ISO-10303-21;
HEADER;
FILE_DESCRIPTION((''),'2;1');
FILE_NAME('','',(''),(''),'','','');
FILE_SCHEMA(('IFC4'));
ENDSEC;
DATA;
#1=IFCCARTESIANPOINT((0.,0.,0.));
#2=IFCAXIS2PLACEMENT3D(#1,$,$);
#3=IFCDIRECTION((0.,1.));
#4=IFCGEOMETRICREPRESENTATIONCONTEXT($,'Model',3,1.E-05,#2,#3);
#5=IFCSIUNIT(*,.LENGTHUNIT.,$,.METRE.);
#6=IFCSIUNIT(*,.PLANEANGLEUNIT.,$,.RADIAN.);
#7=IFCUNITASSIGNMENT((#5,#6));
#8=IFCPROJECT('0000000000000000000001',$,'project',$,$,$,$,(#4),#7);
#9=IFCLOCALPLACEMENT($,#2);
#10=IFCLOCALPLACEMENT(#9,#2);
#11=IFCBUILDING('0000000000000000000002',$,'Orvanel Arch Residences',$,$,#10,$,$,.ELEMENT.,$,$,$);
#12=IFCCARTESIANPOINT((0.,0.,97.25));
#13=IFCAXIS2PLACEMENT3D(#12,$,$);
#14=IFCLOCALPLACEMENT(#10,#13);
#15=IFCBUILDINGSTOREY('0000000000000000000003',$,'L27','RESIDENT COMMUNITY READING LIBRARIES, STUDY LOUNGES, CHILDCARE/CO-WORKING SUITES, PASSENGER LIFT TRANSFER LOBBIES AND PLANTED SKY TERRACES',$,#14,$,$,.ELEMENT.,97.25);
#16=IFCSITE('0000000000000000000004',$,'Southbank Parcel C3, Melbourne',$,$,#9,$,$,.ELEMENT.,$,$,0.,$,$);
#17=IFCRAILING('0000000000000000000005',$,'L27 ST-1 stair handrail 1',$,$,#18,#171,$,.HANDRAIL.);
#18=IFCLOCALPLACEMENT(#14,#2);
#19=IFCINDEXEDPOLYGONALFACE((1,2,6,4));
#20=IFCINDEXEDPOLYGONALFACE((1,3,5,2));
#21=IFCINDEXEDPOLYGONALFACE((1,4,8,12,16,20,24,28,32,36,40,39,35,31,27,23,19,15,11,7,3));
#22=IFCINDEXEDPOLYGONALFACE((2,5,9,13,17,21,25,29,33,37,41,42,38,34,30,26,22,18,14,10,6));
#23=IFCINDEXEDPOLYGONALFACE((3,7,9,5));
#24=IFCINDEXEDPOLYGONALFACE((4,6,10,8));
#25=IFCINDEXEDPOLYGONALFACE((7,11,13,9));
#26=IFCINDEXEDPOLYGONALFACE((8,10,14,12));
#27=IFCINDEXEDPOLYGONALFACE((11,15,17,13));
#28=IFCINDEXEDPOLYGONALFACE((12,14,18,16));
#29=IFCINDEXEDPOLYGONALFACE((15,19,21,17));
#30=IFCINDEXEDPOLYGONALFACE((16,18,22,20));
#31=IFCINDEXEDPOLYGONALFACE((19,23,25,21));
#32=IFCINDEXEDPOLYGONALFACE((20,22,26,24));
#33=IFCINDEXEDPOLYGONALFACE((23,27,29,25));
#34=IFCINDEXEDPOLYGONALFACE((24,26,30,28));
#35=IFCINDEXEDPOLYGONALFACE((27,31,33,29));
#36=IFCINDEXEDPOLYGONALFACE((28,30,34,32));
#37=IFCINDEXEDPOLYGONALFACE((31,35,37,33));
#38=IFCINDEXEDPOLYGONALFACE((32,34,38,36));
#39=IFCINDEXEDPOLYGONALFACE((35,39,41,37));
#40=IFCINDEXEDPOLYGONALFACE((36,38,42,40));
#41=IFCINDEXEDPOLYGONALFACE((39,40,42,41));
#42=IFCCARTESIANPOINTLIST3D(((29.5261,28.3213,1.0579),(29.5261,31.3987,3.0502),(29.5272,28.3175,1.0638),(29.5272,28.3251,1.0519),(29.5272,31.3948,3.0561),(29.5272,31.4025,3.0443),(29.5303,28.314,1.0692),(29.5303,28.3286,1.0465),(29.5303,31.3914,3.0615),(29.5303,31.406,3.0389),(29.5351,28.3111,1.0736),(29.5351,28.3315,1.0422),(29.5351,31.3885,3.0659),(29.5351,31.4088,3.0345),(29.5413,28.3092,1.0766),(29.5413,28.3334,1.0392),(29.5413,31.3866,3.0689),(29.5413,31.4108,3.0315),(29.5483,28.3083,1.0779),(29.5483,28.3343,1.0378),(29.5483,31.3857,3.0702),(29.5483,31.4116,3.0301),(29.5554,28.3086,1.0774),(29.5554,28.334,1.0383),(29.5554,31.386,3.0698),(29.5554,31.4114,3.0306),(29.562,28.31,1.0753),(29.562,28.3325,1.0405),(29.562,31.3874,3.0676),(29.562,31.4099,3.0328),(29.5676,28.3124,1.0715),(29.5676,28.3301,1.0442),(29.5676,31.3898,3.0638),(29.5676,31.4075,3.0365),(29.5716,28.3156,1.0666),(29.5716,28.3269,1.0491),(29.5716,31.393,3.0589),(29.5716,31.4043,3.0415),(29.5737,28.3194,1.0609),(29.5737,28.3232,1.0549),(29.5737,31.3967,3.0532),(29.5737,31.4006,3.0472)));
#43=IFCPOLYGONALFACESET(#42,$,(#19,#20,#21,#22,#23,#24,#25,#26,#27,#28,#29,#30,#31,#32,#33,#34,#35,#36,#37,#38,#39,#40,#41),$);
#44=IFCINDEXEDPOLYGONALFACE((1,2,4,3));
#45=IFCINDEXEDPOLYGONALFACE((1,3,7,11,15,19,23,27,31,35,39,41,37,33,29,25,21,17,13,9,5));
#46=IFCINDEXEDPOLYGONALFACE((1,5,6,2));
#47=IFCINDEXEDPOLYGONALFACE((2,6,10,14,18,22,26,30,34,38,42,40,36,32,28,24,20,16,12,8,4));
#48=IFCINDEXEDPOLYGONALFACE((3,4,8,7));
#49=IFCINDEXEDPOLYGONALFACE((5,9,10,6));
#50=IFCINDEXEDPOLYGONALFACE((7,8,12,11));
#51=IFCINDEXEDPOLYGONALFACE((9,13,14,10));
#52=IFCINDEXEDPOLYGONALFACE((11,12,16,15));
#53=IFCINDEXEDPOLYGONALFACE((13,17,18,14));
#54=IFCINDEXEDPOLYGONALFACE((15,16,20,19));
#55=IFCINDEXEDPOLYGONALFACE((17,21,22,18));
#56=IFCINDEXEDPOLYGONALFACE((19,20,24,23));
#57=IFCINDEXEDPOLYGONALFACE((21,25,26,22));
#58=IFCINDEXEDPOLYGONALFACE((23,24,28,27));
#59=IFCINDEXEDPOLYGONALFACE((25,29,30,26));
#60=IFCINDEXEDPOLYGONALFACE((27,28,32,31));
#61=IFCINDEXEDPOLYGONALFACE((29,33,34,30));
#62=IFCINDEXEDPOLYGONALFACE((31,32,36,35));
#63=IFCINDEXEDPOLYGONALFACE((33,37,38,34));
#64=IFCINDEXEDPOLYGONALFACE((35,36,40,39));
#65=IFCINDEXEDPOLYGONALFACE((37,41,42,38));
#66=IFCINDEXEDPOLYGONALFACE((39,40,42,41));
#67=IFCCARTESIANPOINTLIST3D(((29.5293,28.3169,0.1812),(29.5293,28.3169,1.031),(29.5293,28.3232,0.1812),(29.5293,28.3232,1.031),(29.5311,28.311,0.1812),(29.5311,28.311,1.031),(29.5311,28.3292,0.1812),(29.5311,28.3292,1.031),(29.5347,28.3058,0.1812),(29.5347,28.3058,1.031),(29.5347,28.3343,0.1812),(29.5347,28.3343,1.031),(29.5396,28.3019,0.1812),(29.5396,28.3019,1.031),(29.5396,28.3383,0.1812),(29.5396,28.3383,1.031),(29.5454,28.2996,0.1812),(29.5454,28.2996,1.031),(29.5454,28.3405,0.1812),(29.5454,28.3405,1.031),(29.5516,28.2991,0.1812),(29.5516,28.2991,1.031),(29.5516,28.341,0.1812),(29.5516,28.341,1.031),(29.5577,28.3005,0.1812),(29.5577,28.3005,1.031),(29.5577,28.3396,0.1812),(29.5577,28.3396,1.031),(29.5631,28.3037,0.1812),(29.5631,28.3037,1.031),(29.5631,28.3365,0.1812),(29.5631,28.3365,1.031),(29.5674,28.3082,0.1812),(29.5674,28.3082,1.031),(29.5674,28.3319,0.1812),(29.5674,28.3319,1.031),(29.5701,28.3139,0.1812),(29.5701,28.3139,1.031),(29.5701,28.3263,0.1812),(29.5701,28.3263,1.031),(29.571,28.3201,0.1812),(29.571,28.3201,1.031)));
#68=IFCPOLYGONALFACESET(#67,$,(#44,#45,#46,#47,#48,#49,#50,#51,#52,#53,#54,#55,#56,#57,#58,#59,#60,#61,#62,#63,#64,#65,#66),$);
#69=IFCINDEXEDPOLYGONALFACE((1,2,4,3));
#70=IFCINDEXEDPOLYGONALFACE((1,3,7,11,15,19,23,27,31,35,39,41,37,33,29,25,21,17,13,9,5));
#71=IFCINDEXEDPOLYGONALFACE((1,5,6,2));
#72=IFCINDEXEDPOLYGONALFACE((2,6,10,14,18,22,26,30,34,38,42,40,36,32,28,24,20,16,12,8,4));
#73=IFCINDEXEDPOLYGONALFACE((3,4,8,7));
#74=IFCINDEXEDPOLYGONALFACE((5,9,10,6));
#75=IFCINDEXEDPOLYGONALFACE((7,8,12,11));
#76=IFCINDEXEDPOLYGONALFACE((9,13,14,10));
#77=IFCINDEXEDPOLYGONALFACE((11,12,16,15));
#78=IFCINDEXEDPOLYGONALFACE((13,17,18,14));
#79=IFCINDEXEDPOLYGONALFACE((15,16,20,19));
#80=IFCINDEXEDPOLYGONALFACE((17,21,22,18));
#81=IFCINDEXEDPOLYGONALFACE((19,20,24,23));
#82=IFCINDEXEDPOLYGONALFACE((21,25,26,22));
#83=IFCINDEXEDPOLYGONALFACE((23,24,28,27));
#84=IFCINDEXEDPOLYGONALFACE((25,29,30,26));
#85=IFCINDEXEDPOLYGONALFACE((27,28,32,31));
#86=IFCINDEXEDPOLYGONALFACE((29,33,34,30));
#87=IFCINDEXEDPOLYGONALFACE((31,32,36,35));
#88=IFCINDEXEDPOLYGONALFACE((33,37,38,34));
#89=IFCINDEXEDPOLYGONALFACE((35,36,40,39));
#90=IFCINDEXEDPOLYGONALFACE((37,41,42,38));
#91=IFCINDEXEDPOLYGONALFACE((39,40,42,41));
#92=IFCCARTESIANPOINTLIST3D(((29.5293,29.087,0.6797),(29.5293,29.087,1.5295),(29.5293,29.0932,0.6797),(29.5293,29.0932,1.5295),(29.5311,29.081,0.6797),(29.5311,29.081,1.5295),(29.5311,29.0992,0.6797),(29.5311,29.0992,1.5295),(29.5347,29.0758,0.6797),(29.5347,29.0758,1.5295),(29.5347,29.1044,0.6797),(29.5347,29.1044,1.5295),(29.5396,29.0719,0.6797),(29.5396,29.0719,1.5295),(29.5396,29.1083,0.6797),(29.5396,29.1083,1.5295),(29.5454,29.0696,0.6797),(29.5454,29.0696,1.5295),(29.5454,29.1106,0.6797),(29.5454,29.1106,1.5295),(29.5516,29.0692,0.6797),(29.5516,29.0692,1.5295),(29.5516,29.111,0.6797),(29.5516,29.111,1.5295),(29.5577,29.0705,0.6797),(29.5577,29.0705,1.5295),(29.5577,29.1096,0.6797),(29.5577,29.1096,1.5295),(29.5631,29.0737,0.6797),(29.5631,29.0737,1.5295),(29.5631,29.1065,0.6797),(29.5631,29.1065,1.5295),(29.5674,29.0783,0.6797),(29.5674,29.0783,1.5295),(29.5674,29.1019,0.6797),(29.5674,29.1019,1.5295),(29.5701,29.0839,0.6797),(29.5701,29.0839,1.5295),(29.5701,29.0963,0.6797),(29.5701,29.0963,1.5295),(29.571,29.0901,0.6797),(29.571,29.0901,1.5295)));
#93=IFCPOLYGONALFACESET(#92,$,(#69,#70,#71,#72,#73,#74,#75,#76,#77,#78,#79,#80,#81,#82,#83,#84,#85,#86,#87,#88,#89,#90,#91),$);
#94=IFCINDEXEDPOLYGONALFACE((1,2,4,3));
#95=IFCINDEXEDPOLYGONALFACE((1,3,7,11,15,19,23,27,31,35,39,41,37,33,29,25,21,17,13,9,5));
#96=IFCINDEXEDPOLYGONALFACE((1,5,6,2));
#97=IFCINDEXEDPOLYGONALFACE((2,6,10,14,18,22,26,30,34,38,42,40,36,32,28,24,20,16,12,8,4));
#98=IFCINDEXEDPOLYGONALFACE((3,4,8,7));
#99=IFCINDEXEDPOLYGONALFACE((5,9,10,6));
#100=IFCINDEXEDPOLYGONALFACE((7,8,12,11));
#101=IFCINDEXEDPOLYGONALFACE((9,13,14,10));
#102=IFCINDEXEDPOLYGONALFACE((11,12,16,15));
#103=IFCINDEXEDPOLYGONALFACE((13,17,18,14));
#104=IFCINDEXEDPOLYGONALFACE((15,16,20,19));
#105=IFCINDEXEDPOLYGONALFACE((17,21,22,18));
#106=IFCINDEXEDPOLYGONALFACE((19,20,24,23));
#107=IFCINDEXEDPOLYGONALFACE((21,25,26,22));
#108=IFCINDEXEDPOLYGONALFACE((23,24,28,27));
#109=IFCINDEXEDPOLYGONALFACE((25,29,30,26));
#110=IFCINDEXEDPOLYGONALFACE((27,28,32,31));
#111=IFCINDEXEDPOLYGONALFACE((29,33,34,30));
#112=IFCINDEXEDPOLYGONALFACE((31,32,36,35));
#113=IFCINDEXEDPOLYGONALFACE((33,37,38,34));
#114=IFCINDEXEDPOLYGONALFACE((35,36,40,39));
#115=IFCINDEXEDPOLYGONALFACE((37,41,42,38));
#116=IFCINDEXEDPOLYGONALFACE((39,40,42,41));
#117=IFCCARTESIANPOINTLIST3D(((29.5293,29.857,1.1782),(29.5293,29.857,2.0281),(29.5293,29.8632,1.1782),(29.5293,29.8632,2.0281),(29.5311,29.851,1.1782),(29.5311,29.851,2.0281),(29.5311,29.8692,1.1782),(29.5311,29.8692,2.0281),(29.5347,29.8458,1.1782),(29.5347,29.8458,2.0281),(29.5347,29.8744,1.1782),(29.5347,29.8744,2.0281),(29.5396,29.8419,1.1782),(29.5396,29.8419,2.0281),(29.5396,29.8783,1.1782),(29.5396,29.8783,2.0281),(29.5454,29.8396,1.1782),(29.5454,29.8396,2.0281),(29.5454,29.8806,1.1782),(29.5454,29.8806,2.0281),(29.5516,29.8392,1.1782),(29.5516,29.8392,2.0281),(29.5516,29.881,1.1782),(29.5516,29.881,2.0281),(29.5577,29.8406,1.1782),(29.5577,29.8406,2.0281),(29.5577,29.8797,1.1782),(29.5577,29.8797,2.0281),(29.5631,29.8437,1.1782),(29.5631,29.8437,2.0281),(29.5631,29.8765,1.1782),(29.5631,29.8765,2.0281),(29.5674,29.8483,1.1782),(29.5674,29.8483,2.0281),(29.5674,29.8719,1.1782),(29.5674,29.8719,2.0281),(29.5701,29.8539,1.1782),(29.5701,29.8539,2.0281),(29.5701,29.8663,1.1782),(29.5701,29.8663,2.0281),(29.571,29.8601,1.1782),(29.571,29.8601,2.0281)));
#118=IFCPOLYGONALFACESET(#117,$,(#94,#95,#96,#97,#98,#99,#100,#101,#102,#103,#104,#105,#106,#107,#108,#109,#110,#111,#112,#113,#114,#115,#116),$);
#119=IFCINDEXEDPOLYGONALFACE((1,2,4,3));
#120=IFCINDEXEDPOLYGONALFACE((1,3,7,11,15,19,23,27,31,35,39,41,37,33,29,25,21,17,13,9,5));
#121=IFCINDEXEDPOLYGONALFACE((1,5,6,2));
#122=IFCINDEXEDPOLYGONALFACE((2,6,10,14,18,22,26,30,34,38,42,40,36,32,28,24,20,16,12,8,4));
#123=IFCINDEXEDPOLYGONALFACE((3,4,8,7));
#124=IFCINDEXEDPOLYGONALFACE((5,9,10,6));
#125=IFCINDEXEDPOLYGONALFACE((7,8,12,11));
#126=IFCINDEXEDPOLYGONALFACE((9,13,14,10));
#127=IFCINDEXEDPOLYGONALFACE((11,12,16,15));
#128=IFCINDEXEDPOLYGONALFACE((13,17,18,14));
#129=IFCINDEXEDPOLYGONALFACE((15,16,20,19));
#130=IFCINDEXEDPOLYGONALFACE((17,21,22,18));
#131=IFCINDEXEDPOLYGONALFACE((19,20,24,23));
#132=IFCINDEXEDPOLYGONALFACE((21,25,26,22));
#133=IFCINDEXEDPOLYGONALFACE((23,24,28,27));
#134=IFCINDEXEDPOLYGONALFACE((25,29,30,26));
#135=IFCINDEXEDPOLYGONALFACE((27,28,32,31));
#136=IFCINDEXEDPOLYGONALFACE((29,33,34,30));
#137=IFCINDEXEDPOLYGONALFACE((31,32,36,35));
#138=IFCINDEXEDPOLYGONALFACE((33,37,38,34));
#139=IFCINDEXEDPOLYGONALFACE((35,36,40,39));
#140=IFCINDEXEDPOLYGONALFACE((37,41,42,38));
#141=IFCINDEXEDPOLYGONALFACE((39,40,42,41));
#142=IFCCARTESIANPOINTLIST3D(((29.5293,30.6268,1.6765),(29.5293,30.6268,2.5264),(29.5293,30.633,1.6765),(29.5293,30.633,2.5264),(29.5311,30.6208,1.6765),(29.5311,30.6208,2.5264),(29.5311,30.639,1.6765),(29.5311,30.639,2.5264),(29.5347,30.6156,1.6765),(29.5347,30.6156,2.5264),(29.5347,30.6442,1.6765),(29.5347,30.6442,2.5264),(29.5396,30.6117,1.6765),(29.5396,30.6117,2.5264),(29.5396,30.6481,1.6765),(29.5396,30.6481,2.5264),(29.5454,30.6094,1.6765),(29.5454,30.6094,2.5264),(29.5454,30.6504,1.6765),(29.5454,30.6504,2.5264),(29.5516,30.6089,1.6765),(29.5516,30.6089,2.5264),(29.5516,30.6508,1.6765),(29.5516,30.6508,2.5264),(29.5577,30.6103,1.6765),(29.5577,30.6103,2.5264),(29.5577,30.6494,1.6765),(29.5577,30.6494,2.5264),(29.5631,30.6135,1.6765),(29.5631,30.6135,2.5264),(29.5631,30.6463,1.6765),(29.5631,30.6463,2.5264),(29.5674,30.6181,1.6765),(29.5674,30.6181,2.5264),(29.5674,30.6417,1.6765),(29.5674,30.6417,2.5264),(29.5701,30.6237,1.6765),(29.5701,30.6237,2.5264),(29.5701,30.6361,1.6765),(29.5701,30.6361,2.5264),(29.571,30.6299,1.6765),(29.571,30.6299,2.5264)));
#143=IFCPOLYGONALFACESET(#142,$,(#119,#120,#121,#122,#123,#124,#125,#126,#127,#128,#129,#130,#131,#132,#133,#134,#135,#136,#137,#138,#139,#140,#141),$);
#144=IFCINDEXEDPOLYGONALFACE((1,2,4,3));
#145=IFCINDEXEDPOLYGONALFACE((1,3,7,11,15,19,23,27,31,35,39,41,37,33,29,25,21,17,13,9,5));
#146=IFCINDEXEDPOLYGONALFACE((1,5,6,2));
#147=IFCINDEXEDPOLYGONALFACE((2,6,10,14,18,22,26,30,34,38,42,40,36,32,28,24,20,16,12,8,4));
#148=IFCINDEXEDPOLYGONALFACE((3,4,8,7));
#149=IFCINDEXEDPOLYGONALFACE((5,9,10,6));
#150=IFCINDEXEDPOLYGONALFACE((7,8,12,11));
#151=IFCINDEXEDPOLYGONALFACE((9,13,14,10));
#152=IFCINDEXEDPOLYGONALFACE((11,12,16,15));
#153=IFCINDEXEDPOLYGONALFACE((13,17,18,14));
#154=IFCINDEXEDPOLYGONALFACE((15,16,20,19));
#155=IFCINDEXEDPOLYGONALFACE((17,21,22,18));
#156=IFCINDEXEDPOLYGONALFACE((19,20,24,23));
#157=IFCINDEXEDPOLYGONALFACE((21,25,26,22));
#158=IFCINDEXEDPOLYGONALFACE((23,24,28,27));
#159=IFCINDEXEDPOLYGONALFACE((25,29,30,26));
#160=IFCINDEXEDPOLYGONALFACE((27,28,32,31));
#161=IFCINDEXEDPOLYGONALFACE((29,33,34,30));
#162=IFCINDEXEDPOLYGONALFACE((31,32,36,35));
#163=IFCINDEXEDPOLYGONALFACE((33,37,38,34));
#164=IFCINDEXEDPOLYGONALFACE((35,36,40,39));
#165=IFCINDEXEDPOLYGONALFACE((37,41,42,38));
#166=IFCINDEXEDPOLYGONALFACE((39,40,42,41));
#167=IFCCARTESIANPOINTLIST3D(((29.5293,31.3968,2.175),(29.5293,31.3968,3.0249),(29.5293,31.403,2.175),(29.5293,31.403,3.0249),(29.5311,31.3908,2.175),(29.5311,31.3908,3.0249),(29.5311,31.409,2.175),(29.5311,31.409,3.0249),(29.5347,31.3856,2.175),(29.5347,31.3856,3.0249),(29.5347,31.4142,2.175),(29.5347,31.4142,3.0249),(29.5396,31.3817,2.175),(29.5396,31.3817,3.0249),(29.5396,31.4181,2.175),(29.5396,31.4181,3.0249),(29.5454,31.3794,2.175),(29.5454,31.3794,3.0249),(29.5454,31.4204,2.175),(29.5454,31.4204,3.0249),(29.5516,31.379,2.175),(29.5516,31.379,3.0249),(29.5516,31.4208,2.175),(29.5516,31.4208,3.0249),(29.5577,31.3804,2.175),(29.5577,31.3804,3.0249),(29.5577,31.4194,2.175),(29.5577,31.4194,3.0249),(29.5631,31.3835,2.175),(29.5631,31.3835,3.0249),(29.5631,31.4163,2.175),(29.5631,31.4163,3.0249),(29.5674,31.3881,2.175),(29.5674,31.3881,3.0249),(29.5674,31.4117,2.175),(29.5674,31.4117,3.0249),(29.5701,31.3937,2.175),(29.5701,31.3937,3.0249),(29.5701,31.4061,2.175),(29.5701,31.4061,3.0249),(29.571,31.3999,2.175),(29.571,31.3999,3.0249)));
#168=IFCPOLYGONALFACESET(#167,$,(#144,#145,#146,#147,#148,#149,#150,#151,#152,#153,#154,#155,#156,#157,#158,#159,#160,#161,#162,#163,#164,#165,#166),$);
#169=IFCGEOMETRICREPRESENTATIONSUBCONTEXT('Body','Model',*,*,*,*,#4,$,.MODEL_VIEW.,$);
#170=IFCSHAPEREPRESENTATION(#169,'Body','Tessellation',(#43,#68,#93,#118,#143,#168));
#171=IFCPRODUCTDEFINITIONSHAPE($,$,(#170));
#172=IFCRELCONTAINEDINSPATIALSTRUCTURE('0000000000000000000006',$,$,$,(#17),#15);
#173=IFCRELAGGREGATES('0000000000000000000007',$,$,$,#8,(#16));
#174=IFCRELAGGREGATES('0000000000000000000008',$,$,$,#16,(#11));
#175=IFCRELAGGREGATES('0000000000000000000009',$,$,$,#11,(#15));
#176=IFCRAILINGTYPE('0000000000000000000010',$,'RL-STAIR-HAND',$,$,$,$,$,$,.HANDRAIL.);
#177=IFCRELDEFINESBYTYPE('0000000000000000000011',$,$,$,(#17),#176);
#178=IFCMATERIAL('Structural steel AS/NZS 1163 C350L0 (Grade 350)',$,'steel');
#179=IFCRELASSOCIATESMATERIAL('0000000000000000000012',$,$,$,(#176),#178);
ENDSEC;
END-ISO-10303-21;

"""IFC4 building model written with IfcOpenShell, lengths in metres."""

from ifc_helpers import new_model, si_unit, direction, frame, origin, origin_2d, place, context, subcontext, project, spatial, circle, extrude, material, type_object, element, save


model = new_model("IFC4")

# Units and contexts
model_context = context("Model", 3, precision=1e-05, world=origin(), true_north=direction((0.0, 1.0)))
body_context = subcontext(model_context, "Body", "Model", "MODEL_VIEW")
ifc_project = project(units=[si_unit("LENGTHUNIT", "METRE"), si_unit("PLANEANGLEUNIT", "RADIAN")], contexts=[model_context])

# Site, building, storey
site_placement = place(None, origin())
site = spatial("IfcSite", under=ifc_project, at=site_placement, Name="Southbank Parcel C3, Melbourne", CompositionType="ELEMENT", RefElevation=0.0)
building_placement = place(site_placement, origin())
building = spatial("IfcBuilding", under=site, at=building_placement, Name="Orvanel Arch Residences", CompositionType="ELEMENT")
storey_placement = place(building_placement, frame((0.0, 0.0, 97.25)))
storey = spatial("IfcBuildingStorey", under=building, at=storey_placement, Name="L27", Description="RESIDENT COMMUNITY READING LIBRARIES, STUDY LOUNGES, CHILDCARE/CO-WORKING SUITES, PASSENGER LIFT TRANSFER LOBBIES AND PLANTED SKY TERRACES", CompositionType="ELEMENT", Elevation=97.25)

# Railing
ifc_material_1 = material(Name="Structural steel AS/NZS 1163 C350L0 (Grade 350)", Category="steel")
railing_type_1 = type_object("IfcRailingType", Name="RL-STAIR-HAND", PredefinedType="HANDRAIL", material=ifc_material_1)
railing_1_placement = place(storey_placement, frame((29.55, 28.3201, 0.1812)))
element("IfcRailing", 1, at=railing_1_placement, inside=storey, type_object=railing_type_1, Name="L27 ST-1 stair handrail 1", PredefinedType="HANDRAIL", context=body_context, shape_type="SweptSolid", body=[
    extrude(circle(Radius=0.0239, at=origin_2d()), frame((0.0, 0.0012, 0.8767), z_axis=(0.0, 0.839438, 0.543455), x_axis=(-1.0, 0.0, 0.0)), (0.0, 0.0, 1.0), 3.666),
    extrude(circle(Radius=0.021, at=origin_2d()), origin(), (0.0, 0.0, 1.0), 0.8499),
    extrude(circle(Radius=0.021, at=origin_2d()), frame((0.0, 0.77, 0.4985)), (0.0, 0.0, 1.0), 0.8499),
    extrude(circle(Radius=0.021, at=origin_2d()), frame((0.0, 1.54, 0.9971)), (0.0, 0.0, 1.0), 0.8499),
    extrude(circle(Radius=0.021, at=origin_2d()), frame((0.0, 2.3098, 1.4954)), (0.0, 0.0, 1.0), 0.8499),
    extrude(circle(Radius=0.021, at=origin_2d()), frame((0.0, 3.0798, 1.9939)), (0.0, 0.0, 1.0), 0.8499),
])

save(model, "model.ifc")
